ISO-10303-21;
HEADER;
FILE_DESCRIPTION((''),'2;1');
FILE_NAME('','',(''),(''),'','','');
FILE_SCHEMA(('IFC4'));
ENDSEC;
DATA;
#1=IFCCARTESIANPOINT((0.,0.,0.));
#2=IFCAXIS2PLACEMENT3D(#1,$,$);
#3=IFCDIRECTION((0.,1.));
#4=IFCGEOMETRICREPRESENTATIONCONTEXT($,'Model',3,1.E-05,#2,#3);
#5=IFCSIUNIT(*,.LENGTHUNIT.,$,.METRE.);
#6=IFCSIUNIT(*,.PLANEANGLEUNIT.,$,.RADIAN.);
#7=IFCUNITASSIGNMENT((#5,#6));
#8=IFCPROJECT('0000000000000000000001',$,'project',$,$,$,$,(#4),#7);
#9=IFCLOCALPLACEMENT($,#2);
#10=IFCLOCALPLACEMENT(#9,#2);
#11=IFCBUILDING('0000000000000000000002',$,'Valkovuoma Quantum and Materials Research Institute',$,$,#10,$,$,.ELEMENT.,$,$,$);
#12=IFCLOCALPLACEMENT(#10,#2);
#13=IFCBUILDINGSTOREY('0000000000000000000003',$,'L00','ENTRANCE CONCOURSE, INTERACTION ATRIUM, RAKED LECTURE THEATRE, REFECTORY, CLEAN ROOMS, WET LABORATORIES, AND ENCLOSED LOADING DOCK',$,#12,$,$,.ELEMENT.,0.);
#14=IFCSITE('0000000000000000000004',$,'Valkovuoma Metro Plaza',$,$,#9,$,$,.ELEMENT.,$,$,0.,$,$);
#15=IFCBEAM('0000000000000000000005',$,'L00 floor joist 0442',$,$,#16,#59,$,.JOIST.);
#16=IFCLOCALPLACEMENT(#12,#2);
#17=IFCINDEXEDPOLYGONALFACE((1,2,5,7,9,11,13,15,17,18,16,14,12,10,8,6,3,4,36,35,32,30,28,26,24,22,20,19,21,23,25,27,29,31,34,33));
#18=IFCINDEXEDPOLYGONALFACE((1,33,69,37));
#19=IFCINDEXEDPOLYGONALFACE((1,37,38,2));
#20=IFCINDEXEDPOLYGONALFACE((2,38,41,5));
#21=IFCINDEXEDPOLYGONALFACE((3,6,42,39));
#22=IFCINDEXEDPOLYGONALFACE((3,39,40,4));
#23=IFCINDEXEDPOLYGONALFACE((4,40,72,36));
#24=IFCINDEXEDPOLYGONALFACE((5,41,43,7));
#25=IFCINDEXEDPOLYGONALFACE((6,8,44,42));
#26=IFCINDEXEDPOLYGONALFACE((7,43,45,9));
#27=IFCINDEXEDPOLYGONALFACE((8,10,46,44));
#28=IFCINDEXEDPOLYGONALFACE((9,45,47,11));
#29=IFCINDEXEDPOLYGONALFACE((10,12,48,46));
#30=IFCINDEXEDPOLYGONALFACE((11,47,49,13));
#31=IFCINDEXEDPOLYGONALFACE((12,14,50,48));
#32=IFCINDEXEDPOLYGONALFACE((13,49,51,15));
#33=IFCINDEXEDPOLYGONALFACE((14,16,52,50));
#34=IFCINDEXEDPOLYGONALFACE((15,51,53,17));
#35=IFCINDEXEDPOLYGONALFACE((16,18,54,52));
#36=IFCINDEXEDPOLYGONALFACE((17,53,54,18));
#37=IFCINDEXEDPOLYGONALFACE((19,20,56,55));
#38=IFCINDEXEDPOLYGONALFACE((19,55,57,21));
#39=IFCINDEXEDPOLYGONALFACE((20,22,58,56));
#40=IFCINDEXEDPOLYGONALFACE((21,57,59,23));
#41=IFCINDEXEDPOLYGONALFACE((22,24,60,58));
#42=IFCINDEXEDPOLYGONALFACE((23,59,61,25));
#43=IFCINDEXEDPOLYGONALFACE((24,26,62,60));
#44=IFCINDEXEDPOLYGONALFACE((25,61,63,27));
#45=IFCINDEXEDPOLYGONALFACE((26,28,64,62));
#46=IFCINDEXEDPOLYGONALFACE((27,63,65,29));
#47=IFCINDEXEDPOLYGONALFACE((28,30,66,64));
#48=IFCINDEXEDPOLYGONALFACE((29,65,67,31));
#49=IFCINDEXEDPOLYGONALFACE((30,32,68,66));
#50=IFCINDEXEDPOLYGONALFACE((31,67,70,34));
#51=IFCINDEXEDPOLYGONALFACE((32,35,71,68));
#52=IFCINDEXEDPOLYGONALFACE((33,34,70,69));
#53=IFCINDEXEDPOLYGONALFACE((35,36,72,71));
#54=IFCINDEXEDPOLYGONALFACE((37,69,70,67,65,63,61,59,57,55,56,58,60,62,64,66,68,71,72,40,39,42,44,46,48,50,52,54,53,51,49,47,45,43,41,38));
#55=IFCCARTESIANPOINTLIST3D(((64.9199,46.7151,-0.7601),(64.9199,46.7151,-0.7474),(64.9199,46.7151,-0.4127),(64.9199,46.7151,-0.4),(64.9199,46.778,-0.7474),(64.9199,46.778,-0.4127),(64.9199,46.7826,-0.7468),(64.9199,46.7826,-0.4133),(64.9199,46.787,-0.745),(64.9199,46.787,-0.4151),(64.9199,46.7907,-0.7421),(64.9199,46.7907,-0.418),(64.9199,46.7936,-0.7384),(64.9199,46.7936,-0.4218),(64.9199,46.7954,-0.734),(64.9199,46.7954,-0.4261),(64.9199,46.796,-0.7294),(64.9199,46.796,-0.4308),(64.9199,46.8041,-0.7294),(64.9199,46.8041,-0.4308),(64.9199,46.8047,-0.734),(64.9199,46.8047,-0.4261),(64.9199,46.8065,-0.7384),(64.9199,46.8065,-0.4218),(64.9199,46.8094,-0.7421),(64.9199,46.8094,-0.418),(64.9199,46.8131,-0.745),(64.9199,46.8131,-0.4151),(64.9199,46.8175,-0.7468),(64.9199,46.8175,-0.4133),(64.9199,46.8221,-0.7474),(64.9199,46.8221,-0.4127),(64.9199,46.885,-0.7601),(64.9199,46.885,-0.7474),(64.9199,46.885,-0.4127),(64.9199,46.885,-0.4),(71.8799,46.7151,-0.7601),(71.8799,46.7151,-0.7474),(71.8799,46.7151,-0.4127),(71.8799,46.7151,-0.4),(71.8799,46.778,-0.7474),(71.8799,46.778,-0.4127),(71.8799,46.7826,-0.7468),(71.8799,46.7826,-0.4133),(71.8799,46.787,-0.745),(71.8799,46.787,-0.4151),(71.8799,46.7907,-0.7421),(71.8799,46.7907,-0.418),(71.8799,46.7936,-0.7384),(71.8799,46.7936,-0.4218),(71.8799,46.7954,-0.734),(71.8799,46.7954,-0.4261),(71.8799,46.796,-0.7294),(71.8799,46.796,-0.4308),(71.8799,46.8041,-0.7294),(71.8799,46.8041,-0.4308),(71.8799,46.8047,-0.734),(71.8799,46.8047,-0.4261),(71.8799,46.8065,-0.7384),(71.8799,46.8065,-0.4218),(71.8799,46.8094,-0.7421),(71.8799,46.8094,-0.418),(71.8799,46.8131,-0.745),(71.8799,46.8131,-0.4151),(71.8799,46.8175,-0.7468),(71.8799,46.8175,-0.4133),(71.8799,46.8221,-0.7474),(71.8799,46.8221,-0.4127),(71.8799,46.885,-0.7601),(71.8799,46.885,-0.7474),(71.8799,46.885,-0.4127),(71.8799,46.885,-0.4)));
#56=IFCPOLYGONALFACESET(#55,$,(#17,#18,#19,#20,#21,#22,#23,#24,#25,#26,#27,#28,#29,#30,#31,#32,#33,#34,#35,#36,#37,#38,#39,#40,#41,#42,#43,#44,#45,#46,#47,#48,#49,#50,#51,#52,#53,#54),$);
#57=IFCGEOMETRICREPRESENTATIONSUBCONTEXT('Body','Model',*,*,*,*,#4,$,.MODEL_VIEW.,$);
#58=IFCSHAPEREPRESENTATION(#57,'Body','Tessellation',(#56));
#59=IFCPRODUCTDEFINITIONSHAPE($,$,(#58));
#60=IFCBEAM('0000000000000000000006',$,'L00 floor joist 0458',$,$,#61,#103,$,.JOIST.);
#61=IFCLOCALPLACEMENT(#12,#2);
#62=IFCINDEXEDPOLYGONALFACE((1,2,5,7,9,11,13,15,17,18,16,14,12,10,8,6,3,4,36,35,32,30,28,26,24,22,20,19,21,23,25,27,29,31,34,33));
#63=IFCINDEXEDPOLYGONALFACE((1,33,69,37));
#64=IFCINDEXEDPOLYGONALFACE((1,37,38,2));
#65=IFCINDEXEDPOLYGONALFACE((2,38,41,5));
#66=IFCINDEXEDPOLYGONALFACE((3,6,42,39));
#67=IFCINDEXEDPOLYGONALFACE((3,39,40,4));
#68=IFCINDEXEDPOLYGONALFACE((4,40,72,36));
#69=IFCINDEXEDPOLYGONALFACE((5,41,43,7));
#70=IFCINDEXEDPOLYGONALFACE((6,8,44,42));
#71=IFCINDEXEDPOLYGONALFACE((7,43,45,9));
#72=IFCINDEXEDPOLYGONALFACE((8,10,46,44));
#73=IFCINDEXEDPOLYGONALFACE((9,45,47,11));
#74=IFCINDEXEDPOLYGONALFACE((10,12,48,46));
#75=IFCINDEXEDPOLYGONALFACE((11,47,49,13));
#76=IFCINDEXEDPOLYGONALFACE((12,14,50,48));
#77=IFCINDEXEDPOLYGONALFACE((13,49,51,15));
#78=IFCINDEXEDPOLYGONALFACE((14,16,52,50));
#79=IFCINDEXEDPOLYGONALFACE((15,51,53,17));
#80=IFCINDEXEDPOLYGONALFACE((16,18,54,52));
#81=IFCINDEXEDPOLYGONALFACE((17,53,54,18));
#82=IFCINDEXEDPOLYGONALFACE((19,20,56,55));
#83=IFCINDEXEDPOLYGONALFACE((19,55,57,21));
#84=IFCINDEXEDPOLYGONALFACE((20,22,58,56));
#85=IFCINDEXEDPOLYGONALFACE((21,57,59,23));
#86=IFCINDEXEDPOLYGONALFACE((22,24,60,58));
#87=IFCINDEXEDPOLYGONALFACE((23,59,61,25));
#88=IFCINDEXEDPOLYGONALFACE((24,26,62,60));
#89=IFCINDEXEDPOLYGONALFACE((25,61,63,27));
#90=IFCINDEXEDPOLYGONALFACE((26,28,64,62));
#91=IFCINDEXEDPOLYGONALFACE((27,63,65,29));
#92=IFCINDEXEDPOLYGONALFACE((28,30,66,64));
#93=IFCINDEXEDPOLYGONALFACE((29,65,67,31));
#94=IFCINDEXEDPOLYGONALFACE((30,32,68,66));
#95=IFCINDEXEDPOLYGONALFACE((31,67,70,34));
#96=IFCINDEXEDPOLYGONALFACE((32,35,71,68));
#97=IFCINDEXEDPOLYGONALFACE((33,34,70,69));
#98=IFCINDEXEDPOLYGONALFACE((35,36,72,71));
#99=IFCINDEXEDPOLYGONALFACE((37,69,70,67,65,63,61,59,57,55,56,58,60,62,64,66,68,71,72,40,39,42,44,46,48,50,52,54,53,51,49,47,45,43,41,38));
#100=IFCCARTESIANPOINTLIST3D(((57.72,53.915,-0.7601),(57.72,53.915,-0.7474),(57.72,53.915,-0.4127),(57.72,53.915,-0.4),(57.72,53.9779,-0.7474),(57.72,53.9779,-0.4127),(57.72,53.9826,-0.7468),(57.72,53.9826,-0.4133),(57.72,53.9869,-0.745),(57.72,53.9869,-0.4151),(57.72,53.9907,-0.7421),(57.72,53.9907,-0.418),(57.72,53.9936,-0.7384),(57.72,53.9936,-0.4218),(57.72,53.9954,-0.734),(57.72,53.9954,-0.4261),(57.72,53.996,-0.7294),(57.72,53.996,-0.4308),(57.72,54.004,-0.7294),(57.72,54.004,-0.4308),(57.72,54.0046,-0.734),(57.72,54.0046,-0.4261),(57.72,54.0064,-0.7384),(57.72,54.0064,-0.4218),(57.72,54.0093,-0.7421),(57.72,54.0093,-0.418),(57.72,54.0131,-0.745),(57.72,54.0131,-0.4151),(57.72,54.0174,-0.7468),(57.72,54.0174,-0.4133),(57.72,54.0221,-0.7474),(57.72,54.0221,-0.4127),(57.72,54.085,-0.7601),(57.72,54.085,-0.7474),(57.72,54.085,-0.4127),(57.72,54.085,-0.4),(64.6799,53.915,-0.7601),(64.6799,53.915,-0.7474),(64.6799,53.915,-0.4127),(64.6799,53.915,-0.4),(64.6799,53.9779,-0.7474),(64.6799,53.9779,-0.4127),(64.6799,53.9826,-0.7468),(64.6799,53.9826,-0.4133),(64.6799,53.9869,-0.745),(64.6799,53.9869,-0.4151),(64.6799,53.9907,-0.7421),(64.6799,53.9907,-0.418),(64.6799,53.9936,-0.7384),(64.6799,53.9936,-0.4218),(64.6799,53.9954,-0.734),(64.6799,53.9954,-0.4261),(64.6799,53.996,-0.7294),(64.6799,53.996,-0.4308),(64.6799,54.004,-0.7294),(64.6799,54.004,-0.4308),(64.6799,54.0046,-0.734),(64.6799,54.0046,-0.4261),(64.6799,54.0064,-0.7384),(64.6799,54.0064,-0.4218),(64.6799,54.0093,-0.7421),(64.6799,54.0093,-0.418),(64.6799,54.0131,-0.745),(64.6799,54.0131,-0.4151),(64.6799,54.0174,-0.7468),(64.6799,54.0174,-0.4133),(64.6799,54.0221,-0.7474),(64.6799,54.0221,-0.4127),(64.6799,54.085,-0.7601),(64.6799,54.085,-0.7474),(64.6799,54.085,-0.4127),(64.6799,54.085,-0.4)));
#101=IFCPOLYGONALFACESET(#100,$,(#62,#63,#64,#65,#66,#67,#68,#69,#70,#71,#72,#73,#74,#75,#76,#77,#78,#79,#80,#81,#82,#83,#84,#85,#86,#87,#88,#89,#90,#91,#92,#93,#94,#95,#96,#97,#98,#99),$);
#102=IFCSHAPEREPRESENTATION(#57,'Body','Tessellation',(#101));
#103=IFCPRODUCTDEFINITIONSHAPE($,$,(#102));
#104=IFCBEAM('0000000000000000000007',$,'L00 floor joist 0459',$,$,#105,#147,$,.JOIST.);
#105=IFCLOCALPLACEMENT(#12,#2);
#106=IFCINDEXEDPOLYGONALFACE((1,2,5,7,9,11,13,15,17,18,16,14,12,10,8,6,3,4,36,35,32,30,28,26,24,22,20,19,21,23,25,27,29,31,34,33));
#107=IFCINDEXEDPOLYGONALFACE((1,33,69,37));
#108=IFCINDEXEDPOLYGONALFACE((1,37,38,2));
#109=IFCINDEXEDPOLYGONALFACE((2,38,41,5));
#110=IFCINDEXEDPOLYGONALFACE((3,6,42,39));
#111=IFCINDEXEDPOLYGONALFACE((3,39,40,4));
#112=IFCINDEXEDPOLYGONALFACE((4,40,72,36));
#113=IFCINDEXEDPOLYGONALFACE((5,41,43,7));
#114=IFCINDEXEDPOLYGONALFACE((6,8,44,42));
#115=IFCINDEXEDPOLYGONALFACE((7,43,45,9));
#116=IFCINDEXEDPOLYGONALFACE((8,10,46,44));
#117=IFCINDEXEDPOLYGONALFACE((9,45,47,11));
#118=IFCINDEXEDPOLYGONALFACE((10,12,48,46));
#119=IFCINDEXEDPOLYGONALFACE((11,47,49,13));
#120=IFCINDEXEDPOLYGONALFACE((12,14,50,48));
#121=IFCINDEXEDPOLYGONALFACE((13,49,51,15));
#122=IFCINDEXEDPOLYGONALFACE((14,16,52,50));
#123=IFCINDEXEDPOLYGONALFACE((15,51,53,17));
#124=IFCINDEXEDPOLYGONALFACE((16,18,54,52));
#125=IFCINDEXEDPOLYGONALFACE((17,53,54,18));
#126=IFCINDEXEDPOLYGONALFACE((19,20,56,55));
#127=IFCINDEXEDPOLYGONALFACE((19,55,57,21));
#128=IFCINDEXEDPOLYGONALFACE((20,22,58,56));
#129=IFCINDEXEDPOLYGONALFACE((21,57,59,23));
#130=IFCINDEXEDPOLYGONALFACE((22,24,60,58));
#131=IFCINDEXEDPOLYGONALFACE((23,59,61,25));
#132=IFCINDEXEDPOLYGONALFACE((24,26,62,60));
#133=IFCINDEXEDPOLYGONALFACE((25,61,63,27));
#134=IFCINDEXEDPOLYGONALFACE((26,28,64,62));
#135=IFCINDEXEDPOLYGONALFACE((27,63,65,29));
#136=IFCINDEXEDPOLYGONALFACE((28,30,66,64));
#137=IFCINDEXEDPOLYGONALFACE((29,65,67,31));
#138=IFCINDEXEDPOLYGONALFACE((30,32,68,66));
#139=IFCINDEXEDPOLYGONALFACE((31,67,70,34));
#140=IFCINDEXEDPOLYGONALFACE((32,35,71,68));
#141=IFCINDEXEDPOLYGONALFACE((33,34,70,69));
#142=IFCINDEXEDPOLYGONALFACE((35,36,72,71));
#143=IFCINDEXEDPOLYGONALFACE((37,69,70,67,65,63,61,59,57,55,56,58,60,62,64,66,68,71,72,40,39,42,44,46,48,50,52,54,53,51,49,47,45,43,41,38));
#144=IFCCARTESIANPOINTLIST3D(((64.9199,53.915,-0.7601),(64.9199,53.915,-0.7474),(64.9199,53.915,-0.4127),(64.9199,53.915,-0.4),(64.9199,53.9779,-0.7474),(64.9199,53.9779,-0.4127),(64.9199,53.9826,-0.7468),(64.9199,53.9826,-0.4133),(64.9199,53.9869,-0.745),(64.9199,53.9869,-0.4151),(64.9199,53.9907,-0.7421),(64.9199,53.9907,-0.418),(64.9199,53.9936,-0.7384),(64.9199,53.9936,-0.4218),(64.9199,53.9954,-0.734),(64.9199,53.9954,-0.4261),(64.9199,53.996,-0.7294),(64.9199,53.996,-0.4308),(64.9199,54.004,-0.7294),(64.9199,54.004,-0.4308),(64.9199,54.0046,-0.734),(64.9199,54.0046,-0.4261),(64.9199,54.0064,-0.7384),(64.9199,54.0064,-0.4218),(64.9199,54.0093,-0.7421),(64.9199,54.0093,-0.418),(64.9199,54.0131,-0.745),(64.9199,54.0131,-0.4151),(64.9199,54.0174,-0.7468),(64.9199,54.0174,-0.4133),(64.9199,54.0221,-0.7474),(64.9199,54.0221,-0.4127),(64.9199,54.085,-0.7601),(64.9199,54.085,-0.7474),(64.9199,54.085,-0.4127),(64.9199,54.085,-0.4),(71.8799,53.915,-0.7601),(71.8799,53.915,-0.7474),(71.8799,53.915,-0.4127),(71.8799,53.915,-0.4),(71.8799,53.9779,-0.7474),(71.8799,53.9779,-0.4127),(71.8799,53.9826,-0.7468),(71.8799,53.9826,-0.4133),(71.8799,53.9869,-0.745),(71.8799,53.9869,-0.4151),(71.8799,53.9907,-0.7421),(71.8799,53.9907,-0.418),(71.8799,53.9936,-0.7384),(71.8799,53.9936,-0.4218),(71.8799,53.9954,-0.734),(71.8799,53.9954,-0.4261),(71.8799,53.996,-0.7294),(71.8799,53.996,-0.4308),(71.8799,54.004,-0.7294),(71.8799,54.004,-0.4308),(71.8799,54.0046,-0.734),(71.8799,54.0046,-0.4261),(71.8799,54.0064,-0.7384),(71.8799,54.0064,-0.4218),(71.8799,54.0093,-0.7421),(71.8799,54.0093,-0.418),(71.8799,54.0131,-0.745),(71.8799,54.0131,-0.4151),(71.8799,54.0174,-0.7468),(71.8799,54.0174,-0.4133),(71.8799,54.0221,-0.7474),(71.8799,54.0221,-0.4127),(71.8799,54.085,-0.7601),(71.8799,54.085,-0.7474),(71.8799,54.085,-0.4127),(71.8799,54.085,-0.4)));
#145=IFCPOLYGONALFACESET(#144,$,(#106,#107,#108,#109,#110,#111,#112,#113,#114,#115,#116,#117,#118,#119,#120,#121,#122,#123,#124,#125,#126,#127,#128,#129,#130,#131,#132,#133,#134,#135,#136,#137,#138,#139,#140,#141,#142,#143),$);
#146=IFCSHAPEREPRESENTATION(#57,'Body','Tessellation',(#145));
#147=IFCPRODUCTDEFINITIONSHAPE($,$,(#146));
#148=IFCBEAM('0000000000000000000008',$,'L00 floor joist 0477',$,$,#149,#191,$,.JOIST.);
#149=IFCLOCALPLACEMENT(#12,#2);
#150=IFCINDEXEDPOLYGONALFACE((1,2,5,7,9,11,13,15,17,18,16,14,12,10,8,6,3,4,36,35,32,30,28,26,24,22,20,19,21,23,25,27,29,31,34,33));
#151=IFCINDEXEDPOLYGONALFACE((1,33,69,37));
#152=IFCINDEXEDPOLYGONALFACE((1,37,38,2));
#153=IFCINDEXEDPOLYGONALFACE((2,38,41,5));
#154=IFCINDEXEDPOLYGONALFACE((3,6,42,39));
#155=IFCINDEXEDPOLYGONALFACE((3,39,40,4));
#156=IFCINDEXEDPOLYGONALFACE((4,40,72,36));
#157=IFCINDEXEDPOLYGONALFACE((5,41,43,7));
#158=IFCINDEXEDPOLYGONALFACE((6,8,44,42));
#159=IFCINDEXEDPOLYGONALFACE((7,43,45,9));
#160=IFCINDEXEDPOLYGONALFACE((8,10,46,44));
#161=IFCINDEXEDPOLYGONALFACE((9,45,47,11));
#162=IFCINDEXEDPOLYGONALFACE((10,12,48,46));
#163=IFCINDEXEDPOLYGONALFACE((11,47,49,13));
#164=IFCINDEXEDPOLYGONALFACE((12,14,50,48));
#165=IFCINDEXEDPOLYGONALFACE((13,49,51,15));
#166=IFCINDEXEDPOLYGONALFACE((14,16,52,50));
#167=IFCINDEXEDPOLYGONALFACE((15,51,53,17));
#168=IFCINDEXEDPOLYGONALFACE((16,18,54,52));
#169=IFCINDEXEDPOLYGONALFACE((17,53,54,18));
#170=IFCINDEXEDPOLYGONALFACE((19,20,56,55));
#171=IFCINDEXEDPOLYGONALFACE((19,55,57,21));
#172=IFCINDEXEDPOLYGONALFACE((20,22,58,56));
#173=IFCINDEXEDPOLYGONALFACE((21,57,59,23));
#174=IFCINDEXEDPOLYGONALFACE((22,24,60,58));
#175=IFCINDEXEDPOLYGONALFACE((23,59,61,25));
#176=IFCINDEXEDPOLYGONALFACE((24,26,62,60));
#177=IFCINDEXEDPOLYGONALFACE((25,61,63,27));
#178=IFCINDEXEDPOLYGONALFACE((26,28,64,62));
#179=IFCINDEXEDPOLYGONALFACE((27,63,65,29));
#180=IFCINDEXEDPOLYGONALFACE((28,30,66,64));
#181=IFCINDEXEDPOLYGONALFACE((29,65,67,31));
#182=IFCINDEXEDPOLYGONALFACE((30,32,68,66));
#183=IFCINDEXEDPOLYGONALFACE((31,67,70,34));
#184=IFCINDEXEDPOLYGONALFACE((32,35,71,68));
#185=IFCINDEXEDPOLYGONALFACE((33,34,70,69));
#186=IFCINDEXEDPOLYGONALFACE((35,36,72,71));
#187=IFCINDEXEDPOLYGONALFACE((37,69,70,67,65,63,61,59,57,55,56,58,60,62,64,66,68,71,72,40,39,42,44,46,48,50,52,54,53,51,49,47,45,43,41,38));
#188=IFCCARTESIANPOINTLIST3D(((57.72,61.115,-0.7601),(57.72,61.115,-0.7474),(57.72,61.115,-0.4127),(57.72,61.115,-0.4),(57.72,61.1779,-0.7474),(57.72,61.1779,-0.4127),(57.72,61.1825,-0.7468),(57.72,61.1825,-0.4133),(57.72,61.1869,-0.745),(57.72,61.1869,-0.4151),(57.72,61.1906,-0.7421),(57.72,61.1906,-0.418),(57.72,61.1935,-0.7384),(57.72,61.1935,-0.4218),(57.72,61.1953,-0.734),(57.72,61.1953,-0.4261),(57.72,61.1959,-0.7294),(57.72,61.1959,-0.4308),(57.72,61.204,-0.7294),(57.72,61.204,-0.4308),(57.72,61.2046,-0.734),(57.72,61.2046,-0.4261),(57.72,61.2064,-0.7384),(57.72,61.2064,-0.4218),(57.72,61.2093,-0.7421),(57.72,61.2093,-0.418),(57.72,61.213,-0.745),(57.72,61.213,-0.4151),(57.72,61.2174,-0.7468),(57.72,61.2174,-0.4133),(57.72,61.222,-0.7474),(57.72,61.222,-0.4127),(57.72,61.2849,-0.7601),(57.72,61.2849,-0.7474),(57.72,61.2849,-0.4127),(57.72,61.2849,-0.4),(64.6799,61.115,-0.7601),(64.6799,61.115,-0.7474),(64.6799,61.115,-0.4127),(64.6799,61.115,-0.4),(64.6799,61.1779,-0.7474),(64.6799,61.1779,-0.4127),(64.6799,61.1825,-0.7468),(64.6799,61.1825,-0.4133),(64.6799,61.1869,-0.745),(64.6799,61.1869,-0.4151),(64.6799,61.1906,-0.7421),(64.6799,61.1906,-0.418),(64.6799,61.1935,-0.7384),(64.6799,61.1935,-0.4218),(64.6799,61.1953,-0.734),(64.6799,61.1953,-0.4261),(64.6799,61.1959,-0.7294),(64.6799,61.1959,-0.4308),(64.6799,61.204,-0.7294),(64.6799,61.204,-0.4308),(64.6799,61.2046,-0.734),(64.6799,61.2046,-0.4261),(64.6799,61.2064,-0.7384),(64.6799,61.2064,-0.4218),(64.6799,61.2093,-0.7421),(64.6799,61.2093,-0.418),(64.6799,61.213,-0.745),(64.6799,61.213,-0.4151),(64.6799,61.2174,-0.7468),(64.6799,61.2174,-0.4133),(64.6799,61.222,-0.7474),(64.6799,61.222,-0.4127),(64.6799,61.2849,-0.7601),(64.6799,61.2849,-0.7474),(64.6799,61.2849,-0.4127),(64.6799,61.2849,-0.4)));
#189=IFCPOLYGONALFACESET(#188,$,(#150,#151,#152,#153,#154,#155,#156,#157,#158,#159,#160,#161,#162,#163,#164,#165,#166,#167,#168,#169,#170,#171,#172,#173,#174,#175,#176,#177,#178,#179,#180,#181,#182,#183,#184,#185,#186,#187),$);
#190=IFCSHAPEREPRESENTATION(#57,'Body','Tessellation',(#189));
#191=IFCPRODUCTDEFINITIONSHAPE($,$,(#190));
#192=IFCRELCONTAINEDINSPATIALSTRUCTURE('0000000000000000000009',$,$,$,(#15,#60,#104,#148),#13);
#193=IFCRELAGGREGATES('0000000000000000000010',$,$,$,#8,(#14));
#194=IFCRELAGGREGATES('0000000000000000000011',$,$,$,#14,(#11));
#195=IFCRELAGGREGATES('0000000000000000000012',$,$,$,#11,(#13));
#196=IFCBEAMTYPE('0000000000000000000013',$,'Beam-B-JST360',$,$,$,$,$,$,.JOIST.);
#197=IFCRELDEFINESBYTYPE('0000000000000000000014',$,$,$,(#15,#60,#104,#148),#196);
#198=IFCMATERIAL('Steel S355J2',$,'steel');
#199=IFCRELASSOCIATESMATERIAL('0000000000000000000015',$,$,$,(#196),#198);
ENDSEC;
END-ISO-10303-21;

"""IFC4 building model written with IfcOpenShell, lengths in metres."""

from ifc_helpers import new_model, si_unit, direction, frame, origin, origin_2d, place, context, subcontext, project, spatial, i_section, extrude, material, material_profile, profile_set, type_object, element, save


model = new_model("IFC4")

# Units and contexts
model_context = context("Model", 3, precision=1e-05, world=origin(), true_north=direction((0.0, 1.0)))
body_context = subcontext(model_context, "Body", "Model", "MODEL_VIEW")
ifc_project = project(units=[si_unit("LENGTHUNIT", "METRE"), si_unit("PLANEANGLEUNIT", "RADIAN")], contexts=[model_context])

# Site, building, storey
site_placement = place(None, origin())
site = spatial("IfcSite", under=ifc_project, at=site_placement, Name="Valkovuoma Metro Plaza", CompositionType="ELEMENT", RefElevation=0.0)
building_placement = place(site_placement, origin())
building = spatial("IfcBuilding", under=site, at=building_placement, Name="Valkovuoma Quantum and Materials Research Institute", CompositionType="ELEMENT")
storey_placement = place(building_placement, origin())
storey = spatial("IfcBuildingStorey", under=building, at=storey_placement, Name="L00", Description="ENTRANCE CONCOURSE, INTERACTION ATRIUM, RAKED LECTURE THEATRE, REFECTORY, CLEAN ROOMS, WET LABORATORIES, AND ENCLOSED LOADING DOCK", CompositionType="ELEMENT", Elevation=0.0)

# Beams
ifc_material_1 = material(Name="Steel S355J2", Category="steel")
ifc_material_profile_1 = material_profile(ifc_material_1, i_section(OverallWidth=0.1699, OverallDepth=0.3601, WebThickness=0.0081, FlangeThickness=0.0127, FilletRadius=0.0181, at=origin_2d()), Name="Steel S355J2")
ifc_profile_set_1 = profile_set([ifc_material_profile_1], Name="Steel S355J2")
beam_type_1 = type_object("IfcBeamType", Name="Beam-B-JST360", PredefinedType="JOIST", material=ifc_profile_set_1)
for number, where, z_axis, x_axis, name in (
    (1, (64.9199, 46.8, -0.5801), (1.0, 0.0, 0.0), (0.0, 1.0, 0.0), "L00 floor joist 0442"),
    (2, (57.72, 54.0, -0.5801), (1.0, 0.0, 0.0), (0.0, 1.0, 0.0), "L00 floor joist 0458"),
    (3, (64.9199, 54.0, -0.5801), (1.0, 0.0, 0.0), (0.0, 1.0, 0.0), "L00 floor joist 0459"),
    (4, (57.72, 61.2, -0.5801), (1.0, 0.0, 0.0), (0.0, 1.0, 0.0), "L00 floor joist 0477"),
):
    element("IfcBeam", number, at=place(storey_placement, frame(where, z_axis=z_axis, x_axis=x_axis)), inside=storey, type_object=beam_type_1, Name=name, PredefinedType="JOIST", context=body_context, shape_type="SweptSolid", body=[
        extrude(i_section(OverallWidth=0.1699, OverallDepth=0.3601, WebThickness=0.0081, FlangeThickness=0.0127, FilletRadius=0.0181, at=origin_2d()), origin(), (0.0, 0.0, 1.0), 6.96),
    ])

save(model, "model.ifc")
